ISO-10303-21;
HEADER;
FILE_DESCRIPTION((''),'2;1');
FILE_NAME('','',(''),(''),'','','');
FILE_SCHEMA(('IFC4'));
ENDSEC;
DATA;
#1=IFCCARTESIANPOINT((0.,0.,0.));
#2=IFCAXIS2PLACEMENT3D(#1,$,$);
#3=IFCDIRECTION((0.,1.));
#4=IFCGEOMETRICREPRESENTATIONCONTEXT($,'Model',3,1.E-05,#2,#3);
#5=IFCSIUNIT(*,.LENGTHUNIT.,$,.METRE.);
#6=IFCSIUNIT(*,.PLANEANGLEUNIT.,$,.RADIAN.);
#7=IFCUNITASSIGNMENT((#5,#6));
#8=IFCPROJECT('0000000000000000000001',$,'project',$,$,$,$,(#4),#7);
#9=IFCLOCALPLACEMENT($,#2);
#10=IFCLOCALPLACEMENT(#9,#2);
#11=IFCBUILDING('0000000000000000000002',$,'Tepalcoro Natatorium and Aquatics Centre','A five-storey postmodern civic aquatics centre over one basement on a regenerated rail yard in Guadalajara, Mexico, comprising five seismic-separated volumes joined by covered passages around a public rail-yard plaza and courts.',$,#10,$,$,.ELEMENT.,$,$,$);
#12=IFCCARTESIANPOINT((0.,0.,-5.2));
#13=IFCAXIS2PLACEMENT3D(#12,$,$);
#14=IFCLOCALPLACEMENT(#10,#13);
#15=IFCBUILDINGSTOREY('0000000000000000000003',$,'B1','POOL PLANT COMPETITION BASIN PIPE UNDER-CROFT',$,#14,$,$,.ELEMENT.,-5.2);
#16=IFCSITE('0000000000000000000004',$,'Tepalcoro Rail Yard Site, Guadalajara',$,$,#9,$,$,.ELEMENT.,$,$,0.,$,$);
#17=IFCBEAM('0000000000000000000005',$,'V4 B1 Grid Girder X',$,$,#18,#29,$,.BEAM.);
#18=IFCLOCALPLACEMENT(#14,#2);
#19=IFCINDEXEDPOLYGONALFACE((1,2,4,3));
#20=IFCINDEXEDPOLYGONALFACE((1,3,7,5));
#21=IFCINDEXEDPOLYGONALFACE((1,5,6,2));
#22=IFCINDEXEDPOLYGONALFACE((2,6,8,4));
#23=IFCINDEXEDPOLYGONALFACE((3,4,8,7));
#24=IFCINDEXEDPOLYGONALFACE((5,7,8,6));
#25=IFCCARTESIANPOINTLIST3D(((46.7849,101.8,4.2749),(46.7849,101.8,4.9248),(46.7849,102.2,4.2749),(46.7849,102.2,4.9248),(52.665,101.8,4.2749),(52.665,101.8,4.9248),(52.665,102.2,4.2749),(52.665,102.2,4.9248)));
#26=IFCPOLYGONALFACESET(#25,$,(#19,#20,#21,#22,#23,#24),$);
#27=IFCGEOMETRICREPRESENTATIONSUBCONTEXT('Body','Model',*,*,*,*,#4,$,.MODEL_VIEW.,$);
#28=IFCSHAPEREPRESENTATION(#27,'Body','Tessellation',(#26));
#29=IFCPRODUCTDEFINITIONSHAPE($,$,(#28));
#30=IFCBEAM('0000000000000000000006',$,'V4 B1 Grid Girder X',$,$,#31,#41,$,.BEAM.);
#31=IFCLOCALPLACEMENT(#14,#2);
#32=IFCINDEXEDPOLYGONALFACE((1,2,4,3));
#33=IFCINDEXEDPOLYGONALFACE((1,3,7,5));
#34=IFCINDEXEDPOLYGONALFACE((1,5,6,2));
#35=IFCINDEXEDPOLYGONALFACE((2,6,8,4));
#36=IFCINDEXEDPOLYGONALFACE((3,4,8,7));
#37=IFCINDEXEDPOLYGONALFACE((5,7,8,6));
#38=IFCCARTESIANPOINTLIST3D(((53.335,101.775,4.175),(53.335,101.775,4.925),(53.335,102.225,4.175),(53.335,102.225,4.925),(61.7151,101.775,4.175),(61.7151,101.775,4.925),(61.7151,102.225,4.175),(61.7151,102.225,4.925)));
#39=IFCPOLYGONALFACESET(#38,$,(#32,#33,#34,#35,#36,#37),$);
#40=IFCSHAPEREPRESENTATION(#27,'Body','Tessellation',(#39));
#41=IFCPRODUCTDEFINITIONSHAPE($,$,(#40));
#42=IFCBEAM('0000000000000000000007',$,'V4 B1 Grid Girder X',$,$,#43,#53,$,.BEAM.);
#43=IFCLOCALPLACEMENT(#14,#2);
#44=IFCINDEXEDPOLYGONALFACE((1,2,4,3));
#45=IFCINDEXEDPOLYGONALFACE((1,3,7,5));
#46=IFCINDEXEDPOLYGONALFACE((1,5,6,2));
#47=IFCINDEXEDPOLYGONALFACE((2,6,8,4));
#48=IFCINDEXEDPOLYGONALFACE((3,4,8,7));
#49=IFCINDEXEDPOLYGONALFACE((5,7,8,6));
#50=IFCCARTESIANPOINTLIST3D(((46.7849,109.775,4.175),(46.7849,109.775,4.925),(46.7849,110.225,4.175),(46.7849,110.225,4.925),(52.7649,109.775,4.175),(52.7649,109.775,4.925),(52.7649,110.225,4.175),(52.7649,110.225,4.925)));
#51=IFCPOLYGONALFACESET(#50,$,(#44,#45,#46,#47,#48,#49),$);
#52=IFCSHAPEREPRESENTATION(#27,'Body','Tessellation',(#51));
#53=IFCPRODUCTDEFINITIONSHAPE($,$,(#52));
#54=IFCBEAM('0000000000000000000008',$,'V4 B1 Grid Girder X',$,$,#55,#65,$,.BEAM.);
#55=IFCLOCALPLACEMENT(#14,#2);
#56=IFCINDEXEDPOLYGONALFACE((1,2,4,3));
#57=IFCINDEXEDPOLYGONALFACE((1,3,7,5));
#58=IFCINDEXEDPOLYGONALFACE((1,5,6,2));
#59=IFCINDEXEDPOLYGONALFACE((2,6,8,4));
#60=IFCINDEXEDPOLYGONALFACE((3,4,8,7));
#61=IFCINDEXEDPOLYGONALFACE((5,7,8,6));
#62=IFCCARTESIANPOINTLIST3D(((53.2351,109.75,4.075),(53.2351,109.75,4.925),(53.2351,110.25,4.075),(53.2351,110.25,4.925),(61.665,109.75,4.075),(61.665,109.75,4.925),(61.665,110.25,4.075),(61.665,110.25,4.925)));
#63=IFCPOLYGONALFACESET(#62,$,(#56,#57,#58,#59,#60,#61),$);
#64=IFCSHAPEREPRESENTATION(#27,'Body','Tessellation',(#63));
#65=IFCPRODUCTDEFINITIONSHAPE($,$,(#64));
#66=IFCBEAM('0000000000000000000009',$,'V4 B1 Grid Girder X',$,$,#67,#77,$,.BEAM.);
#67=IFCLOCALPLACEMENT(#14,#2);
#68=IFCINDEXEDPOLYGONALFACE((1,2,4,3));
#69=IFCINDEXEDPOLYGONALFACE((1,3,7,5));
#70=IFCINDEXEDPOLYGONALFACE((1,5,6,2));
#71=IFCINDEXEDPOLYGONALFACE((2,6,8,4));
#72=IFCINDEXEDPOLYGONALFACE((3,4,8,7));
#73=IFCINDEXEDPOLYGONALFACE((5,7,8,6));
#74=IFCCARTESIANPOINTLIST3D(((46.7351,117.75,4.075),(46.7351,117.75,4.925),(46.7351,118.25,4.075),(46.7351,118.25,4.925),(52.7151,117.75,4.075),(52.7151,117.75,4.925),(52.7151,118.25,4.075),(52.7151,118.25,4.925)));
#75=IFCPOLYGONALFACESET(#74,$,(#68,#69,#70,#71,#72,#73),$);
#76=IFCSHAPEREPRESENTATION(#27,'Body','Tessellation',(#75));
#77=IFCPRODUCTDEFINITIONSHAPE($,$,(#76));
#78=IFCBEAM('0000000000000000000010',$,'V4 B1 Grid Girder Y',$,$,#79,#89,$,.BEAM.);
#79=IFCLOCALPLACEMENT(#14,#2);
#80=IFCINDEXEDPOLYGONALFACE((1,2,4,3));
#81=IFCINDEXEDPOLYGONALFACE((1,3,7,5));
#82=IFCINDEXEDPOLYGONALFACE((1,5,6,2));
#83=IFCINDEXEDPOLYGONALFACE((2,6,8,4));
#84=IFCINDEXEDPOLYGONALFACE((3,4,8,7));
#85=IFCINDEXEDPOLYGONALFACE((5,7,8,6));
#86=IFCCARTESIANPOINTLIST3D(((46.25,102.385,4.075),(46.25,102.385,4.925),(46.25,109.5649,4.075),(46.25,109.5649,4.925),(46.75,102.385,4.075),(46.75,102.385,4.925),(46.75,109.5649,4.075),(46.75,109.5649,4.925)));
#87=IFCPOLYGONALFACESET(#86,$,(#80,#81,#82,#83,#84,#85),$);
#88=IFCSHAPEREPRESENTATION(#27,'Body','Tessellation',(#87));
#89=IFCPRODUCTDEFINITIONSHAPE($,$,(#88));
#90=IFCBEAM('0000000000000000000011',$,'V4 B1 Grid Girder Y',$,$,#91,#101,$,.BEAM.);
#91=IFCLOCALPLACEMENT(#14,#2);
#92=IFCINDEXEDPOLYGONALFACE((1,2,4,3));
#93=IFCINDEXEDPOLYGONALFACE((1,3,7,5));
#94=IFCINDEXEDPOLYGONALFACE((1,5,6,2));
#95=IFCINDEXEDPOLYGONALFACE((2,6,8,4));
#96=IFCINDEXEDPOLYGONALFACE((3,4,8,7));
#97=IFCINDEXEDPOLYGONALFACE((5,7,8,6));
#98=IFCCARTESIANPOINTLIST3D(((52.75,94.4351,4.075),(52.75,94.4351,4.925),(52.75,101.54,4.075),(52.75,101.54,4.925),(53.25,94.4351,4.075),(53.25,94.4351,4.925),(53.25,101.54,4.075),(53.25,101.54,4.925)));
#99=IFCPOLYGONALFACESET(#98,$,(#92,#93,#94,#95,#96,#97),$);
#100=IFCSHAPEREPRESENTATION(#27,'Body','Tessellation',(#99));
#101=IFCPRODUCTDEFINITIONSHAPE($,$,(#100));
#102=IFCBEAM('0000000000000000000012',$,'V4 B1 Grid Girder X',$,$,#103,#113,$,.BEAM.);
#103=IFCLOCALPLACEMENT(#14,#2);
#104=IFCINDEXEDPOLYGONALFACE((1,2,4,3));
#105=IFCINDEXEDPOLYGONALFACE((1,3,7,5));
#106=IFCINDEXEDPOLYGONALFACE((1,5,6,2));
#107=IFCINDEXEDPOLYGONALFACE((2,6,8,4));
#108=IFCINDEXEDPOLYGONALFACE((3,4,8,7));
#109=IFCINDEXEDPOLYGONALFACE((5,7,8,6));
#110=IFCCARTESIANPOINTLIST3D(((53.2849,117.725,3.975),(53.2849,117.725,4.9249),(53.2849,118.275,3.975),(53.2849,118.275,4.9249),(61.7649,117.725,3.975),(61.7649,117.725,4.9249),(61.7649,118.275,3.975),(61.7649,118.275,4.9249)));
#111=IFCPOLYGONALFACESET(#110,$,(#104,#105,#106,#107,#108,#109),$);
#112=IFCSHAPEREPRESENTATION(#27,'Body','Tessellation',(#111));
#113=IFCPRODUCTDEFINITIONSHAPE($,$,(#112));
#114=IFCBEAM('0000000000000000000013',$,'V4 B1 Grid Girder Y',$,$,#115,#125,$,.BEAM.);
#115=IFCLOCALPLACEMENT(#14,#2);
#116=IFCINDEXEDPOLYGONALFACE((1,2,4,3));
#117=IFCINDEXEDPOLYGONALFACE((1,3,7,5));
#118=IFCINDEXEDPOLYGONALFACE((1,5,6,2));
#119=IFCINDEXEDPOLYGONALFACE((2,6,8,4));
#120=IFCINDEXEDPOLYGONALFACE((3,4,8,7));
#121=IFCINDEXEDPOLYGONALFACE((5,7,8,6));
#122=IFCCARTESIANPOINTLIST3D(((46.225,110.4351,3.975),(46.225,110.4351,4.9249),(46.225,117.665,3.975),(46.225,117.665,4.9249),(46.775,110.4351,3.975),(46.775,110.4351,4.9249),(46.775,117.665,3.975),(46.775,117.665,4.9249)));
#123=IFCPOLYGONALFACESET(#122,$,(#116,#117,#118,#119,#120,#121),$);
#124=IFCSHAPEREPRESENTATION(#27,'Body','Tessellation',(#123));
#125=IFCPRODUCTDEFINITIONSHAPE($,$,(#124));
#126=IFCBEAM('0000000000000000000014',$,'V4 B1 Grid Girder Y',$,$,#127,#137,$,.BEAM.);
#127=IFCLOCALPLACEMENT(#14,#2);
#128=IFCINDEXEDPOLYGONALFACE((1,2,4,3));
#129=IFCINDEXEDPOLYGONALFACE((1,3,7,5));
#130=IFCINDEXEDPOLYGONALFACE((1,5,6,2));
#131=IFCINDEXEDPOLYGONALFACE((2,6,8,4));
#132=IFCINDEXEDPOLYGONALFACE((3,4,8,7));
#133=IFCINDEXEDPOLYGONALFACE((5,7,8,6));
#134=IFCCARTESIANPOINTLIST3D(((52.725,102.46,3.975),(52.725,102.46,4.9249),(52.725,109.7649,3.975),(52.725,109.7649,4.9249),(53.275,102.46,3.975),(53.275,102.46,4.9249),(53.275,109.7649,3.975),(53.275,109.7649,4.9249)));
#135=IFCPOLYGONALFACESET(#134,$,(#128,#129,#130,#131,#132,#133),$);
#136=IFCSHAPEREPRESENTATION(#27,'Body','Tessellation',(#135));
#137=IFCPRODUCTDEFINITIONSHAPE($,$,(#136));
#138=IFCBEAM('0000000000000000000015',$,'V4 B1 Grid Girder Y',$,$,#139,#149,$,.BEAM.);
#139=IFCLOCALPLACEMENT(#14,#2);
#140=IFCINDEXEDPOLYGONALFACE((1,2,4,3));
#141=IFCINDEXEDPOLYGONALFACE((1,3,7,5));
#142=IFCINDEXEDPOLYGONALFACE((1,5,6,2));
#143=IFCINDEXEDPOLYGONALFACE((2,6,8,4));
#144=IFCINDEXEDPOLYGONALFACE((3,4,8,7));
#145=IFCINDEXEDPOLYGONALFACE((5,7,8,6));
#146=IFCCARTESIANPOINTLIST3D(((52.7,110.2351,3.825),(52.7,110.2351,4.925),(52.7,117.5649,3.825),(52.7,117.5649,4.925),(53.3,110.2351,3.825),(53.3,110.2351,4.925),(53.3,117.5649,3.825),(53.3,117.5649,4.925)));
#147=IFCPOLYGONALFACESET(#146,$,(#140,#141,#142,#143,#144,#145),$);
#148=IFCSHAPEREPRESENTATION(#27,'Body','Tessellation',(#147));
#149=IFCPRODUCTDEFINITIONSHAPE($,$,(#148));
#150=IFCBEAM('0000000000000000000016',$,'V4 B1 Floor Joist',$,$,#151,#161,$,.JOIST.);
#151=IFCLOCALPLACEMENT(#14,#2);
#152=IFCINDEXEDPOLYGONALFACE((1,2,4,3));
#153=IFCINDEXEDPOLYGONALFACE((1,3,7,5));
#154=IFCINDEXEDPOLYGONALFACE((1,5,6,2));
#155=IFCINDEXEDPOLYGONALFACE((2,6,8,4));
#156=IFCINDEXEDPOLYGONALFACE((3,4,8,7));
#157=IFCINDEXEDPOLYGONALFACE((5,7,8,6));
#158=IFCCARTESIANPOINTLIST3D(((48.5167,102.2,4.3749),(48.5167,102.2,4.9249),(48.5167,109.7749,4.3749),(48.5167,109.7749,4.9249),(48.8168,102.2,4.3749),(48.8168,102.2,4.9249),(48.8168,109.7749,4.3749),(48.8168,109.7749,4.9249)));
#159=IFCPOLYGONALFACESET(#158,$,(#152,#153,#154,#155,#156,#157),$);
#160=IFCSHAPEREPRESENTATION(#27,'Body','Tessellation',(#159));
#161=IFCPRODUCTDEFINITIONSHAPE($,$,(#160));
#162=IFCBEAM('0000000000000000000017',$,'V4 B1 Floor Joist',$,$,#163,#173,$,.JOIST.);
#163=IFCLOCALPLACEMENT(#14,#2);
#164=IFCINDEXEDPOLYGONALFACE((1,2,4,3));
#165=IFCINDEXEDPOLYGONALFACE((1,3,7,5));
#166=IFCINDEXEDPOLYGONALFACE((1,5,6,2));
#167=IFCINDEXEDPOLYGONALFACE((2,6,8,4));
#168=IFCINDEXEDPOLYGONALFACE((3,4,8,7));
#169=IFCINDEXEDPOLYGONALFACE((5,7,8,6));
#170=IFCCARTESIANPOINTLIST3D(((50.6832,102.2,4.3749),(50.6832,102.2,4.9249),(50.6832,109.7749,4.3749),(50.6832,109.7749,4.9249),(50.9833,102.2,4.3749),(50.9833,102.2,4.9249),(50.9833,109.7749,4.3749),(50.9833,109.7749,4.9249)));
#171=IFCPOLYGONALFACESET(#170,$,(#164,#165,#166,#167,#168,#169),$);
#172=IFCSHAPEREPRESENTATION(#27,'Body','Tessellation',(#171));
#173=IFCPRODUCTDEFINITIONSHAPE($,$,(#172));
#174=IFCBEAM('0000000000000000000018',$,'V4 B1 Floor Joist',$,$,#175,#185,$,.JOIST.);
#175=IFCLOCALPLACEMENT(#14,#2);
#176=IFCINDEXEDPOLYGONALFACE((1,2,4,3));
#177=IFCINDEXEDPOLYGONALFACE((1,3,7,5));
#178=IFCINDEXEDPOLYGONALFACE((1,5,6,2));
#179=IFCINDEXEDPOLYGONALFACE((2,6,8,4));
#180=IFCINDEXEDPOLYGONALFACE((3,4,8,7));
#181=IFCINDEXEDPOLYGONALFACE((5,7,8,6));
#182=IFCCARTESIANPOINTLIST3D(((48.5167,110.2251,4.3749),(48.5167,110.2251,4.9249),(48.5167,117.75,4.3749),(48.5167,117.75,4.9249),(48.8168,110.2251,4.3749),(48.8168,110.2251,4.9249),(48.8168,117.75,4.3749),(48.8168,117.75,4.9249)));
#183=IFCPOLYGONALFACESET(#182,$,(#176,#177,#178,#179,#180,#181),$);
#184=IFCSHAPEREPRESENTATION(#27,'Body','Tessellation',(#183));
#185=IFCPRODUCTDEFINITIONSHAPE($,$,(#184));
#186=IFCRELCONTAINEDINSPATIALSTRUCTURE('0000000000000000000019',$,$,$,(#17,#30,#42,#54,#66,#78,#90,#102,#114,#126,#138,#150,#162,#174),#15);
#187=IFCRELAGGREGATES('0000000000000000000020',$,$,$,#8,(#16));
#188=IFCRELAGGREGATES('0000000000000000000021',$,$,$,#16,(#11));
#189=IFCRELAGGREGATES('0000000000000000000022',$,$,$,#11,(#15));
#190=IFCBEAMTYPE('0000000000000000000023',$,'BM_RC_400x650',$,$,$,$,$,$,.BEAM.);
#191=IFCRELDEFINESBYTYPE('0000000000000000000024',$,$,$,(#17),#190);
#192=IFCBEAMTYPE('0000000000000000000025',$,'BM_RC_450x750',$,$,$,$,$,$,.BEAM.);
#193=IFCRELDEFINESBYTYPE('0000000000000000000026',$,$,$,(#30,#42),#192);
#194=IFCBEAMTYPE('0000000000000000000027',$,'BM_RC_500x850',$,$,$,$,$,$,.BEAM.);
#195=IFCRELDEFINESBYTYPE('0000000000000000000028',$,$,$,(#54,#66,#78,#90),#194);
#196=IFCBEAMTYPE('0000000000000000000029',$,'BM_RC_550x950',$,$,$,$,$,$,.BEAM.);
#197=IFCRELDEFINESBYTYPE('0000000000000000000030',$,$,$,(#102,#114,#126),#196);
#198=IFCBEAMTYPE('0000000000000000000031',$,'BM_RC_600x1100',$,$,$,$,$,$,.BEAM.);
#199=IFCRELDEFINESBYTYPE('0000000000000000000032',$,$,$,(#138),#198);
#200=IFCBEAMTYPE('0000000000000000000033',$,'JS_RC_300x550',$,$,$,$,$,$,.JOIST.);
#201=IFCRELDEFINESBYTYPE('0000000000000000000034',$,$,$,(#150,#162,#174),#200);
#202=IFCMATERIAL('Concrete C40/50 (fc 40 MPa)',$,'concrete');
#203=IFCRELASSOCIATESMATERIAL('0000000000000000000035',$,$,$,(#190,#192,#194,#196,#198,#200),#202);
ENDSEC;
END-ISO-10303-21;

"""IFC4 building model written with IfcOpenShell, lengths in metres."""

from ifc_helpers import new_model, si_unit, direction, frame, origin, origin_2d, place, context, subcontext, project, spatial, rectangle, extrude, material, material_profile, profile_set, type_object, element, save


model = new_model("IFC4")

# Units and contexts
model_context = context("Model", 3, precision=1e-05, world=origin(), true_north=direction((0.0, 1.0)))
body_context = subcontext(model_context, "Body", "Model", "MODEL_VIEW")
ifc_project = project(units=[si_unit("LENGTHUNIT", "METRE"), si_unit("PLANEANGLEUNIT", "RADIAN")], contexts=[model_context])

# Site, building, storey
site_placement = place(None, origin())
site = spatial("IfcSite", under=ifc_project, at=site_placement, Name="Tepalcoro Rail Yard Site, Guadalajara", CompositionType="ELEMENT", RefElevation=0.0)
building_placement = place(site_placement, origin())
building = spatial("IfcBuilding", under=site, at=building_placement, Name="Tepalcoro Natatorium and Aquatics Centre", Description="A five-storey postmodern civic aquatics centre over one basement on a regenerated rail yard in Guadalajara, Mexico, comprising five seismic-separated volumes joined by covered passages around a public rail-yard plaza and courts.", CompositionType="ELEMENT")
storey_placement = place(building_placement, frame((0.0, 0.0, -5.2)))
storey = spatial("IfcBuildingStorey", under=building, at=storey_placement, Name="B1", Description="POOL PLANT COMPETITION BASIN PIPE UNDER-CROFT", CompositionType="ELEMENT", Elevation=-5.2)

# Shared definitions
ifc_material_1 = material(Name="Concrete C40/50 (fc 40 MPa)", Category="concrete")

# Beams
ifc_material_profile_1 = material_profile(ifc_material_1, rectangle(XDim=0.3999, YDim=0.6499, at=origin_2d()), Name="RCB400x650")
ifc_profile_set_1 = profile_set([ifc_material_profile_1], Name="Concrete C40/50 (fc 40 MPa)")
beam_type_1 = type_object("IfcBeamType", Name="BM_RC_400x650", PredefinedType="BEAM", material=ifc_profile_set_1)
beam_1_placement = place(storey_placement, frame((46.7849, 102.0, 4.5999), z_axis=(1.0, 0.0, 0.0), x_axis=(0.0, 1.0, 0.0)))
element("IfcBeam", 1, at=beam_1_placement, inside=storey, type_object=beam_type_1, Name="V4 B1 Grid Girder X", PredefinedType="BEAM", context=body_context, shape_type="SweptSolid", body=[
    extrude(rectangle(XDim=0.3999, YDim=0.6499, at=origin_2d()), origin(), (0.0, 0.0, 1.0), 5.8801),
])
ifc_material_profile_2 = material_profile(ifc_material_1, rectangle(XDim=0.45, YDim=0.75, at=origin_2d()), Name="RCB450x750")
ifc_profile_set_2 = profile_set([ifc_material_profile_2], Name="Concrete C40/50 (fc 40 MPa)")
beam_type_2 = type_object("IfcBeamType", Name="BM_RC_450x750", PredefinedType="BEAM", material=ifc_profile_set_2)
beam_2_placement = place(storey_placement, frame((53.335, 102.0, 4.55), z_axis=(1.0, 0.0, 0.0), x_axis=(0.0, 1.0, 0.0)))
element("IfcBeam", 2, at=beam_2_placement, inside=storey, type_object=beam_type_2, Name="V4 B1 Grid Girder X", PredefinedType="BEAM", context=body_context, shape_type="SweptSolid", body=[
    extrude(rectangle(XDim=0.45, YDim=0.75, at=origin_2d()), origin(), (0.0, 0.0, 1.0), 8.3801),
])
beam_3_placement = place(storey_placement, frame((46.7849, 110.0, 4.55), z_axis=(1.0, 0.0, 0.0), x_axis=(0.0, 1.0, 0.0)))
element("IfcBeam", 3, at=beam_3_placement, inside=storey, type_object=beam_type_2, Name="V4 B1 Grid Girder X", PredefinedType="BEAM", context=body_context, shape_type="SweptSolid", body=[
    extrude(rectangle(XDim=0.45, YDim=0.75, at=origin_2d()), origin(), (0.0, 0.0, 1.0), 5.98),
])
ifc_material_profile_3 = material_profile(ifc_material_1, rectangle(XDim=0.5, YDim=0.8501, at=origin_2d()), Name="RCB500x850")
ifc_profile_set_3 = profile_set([ifc_material_profile_3], Name="Concrete C40/50 (fc 40 MPa)")
beam_type_3 = type_object("IfcBeamType", Name="BM_RC_500x850", PredefinedType="BEAM", material=ifc_profile_set_3)
beam_4_placement = place(storey_placement, frame((53.2351, 110.0, 4.5), z_axis=(1.0, 0.0, 0.0), x_axis=(0.0, 1.0, 0.0)))
element("IfcBeam", 4, at=beam_4_placement, inside=storey, type_object=beam_type_3, Name="V4 B1 Grid Girder X", PredefinedType="BEAM", context=body_context, shape_type="SweptSolid", body=[
    extrude(rectangle(XDim=0.5, YDim=0.8501, at=origin_2d()), origin(), (0.0, 0.0, 1.0), 8.4299),
])
beam_5_placement = place(storey_placement, frame((46.7351, 118.0, 4.5), z_axis=(1.0, 0.0, 0.0), x_axis=(0.0, 1.0, 0.0)))
element("IfcBeam", 5, at=beam_5_placement, inside=storey, type_object=beam_type_3, Name="V4 B1 Grid Girder X", PredefinedType="BEAM", context=body_context, shape_type="SweptSolid", body=[
    extrude(rectangle(XDim=0.5, YDim=0.8501, at=origin_2d()), origin(), (0.0, 0.0, 1.0), 5.98),
])
beam_6_placement = place(storey_placement, frame((46.5, 102.385, 4.5), z_axis=(0.0, 1.0, 0.0), x_axis=(-1.0, 0.0, 0.0)))
element("IfcBeam", 6, at=beam_6_placement, inside=storey, type_object=beam_type_3, Name="V4 B1 Grid Girder Y", PredefinedType="BEAM", context=body_context, shape_type="SweptSolid", body=[
    extrude(rectangle(XDim=0.5, YDim=0.8501, at=origin_2d()), origin(), (0.0, 0.0, 1.0), 7.1799),
])
beam_7_placement = place(storey_placement, frame((53.0, 94.4351, 4.5), z_axis=(0.0, 1.0, 0.0), x_axis=(-1.0, 0.0, 0.0)))
element("IfcBeam", 7, at=beam_7_placement, inside=storey, type_object=beam_type_3, Name="V4 B1 Grid Girder Y", PredefinedType="BEAM", context=body_context, shape_type="SweptSolid", body=[
    extrude(rectangle(XDim=0.5, YDim=0.8501, at=origin_2d()), origin(), (0.0, 0.0, 1.0), 7.105),
])
ifc_material_profile_4 = material_profile(ifc_material_1, rectangle(XDim=0.55, YDim=0.95, at=origin_2d()), Name="RCB550x950")
ifc_profile_set_4 = profile_set([ifc_material_profile_4], Name="Concrete C40/50 (fc 40 MPa)")
beam_type_4 = type_object("IfcBeamType", Name="BM_RC_550x950", PredefinedType="BEAM", material=ifc_profile_set_4)
beam_8_placement = place(storey_placement, frame((53.2849, 118.0, 4.45), z_axis=(1.0, 0.0, 0.0), x_axis=(0.0, 1.0, 0.0)))
element("IfcBeam", 8, at=beam_8_placement, inside=storey, type_object=beam_type_4, Name="V4 B1 Grid Girder X", PredefinedType="BEAM", context=body_context, shape_type="SweptSolid", body=[
    extrude(rectangle(XDim=0.55, YDim=0.95, at=origin_2d()), origin(), (0.0, 0.0, 1.0), 8.48),
])
beam_9_placement = place(storey_placement, frame((46.5, 110.4351, 4.45), z_axis=(0.0, 1.0, 0.0), x_axis=(-1.0, 0.0, 0.0)))
element("IfcBeam", 9, at=beam_9_placement, inside=storey, type_object=beam_type_4, Name="V4 B1 Grid Girder Y", PredefinedType="BEAM", context=body_context, shape_type="SweptSolid", body=[
    extrude(rectangle(XDim=0.55, YDim=0.95, at=origin_2d()), origin(), (0.0, 0.0, 1.0), 7.23),
])
beam_10_placement = place(storey_placement, frame((53.0, 102.46, 4.45), z_axis=(0.0, 1.0, 0.0), x_axis=(-1.0, 0.0, 0.0)))
element("IfcBeam", 10, at=beam_10_placement, inside=storey, type_object=beam_type_4, Name="V4 B1 Grid Girder Y", PredefinedType="BEAM", context=body_context, shape_type="SweptSolid", body=[
    extrude(rectangle(XDim=0.55, YDim=0.95, at=origin_2d()), origin(), (0.0, 0.0, 1.0), 7.3049),
])
ifc_material_profile_5 = material_profile(ifc_material_1, rectangle(XDim=0.6001, YDim=1.1001, at=origin_2d()), Name="RCB600x1100")
ifc_profile_set_5 = profile_set([ifc_material_profile_5], Name="Concrete C40/50 (fc 40 MPa)")
beam_type_5 = type_object("IfcBeamType", Name="BM_RC_600x1100", PredefinedType="BEAM", material=ifc_profile_set_5)
beam_11_placement = place(storey_placement, frame((53.0, 110.2351, 4.375), z_axis=(0.0, 1.0, 0.0), x_axis=(-1.0, 0.0, 0.0)))
element("IfcBeam", 11, at=beam_11_placement, inside=storey, type_object=beam_type_5, Name="V4 B1 Grid Girder Y", PredefinedType="BEAM", context=body_context, shape_type="SweptSolid", body=[
    extrude(rectangle(XDim=0.6001, YDim=1.1001, at=origin_2d()), origin(), (0.0, 0.0, 1.0), 7.3298),
])
ifc_material_profile_6 = material_profile(ifc_material_1, rectangle(XDim=0.3, YDim=0.55, at=origin_2d()), Name="RCJ300x550")
ifc_profile_set_6 = profile_set([ifc_material_profile_6], Name="Concrete C40/50 (fc 40 MPa)")
beam_type_6 = type_object("IfcBeamType", Name="JS_RC_300x550", PredefinedType="JOIST", material=ifc_profile_set_6)
for number, where, z_axis, x_axis, name in (
    (12, (48.6667, 102.2, 4.6499), (0.0, 1.0, 0.0), (-1.0, 0.0, 0.0), "V4 B1 Floor Joist"),
    (13, (50.8333, 102.2, 4.6499), (0.0, 1.0, 0.0), (-1.0, 0.0, 0.0), "V4 B1 Floor Joist"),
):
    element("IfcBeam", number, at=place(storey_placement, frame(where, z_axis=z_axis, x_axis=x_axis)), inside=storey, type_object=beam_type_6, Name=name, PredefinedType="JOIST", context=body_context, shape_type="SweptSolid", body=[
        extrude(rectangle(XDim=0.3, YDim=0.55, at=origin_2d()), origin(), (0.0, 0.0, 1.0), 7.575),
    ])
for number, where, z_axis, x_axis, name in (
    (14, (48.6667, 110.2251, 4.6499), (0.0, 1.0, 0.0), (-1.0, 0.0, 0.0), "V4 B1 Floor Joist"),
):
    element("IfcBeam", number, at=place(storey_placement, frame(where, z_axis=z_axis, x_axis=x_axis)), inside=storey, type_object=beam_type_6, Name=name, PredefinedType="JOIST", context=body_context, shape_type="SweptSolid", body=[
        extrude(rectangle(XDim=0.3, YDim=0.55, at=origin_2d()), origin(), (0.0, 0.0, 1.0), 7.5249),
    ])

save(model, "model.ifc")
